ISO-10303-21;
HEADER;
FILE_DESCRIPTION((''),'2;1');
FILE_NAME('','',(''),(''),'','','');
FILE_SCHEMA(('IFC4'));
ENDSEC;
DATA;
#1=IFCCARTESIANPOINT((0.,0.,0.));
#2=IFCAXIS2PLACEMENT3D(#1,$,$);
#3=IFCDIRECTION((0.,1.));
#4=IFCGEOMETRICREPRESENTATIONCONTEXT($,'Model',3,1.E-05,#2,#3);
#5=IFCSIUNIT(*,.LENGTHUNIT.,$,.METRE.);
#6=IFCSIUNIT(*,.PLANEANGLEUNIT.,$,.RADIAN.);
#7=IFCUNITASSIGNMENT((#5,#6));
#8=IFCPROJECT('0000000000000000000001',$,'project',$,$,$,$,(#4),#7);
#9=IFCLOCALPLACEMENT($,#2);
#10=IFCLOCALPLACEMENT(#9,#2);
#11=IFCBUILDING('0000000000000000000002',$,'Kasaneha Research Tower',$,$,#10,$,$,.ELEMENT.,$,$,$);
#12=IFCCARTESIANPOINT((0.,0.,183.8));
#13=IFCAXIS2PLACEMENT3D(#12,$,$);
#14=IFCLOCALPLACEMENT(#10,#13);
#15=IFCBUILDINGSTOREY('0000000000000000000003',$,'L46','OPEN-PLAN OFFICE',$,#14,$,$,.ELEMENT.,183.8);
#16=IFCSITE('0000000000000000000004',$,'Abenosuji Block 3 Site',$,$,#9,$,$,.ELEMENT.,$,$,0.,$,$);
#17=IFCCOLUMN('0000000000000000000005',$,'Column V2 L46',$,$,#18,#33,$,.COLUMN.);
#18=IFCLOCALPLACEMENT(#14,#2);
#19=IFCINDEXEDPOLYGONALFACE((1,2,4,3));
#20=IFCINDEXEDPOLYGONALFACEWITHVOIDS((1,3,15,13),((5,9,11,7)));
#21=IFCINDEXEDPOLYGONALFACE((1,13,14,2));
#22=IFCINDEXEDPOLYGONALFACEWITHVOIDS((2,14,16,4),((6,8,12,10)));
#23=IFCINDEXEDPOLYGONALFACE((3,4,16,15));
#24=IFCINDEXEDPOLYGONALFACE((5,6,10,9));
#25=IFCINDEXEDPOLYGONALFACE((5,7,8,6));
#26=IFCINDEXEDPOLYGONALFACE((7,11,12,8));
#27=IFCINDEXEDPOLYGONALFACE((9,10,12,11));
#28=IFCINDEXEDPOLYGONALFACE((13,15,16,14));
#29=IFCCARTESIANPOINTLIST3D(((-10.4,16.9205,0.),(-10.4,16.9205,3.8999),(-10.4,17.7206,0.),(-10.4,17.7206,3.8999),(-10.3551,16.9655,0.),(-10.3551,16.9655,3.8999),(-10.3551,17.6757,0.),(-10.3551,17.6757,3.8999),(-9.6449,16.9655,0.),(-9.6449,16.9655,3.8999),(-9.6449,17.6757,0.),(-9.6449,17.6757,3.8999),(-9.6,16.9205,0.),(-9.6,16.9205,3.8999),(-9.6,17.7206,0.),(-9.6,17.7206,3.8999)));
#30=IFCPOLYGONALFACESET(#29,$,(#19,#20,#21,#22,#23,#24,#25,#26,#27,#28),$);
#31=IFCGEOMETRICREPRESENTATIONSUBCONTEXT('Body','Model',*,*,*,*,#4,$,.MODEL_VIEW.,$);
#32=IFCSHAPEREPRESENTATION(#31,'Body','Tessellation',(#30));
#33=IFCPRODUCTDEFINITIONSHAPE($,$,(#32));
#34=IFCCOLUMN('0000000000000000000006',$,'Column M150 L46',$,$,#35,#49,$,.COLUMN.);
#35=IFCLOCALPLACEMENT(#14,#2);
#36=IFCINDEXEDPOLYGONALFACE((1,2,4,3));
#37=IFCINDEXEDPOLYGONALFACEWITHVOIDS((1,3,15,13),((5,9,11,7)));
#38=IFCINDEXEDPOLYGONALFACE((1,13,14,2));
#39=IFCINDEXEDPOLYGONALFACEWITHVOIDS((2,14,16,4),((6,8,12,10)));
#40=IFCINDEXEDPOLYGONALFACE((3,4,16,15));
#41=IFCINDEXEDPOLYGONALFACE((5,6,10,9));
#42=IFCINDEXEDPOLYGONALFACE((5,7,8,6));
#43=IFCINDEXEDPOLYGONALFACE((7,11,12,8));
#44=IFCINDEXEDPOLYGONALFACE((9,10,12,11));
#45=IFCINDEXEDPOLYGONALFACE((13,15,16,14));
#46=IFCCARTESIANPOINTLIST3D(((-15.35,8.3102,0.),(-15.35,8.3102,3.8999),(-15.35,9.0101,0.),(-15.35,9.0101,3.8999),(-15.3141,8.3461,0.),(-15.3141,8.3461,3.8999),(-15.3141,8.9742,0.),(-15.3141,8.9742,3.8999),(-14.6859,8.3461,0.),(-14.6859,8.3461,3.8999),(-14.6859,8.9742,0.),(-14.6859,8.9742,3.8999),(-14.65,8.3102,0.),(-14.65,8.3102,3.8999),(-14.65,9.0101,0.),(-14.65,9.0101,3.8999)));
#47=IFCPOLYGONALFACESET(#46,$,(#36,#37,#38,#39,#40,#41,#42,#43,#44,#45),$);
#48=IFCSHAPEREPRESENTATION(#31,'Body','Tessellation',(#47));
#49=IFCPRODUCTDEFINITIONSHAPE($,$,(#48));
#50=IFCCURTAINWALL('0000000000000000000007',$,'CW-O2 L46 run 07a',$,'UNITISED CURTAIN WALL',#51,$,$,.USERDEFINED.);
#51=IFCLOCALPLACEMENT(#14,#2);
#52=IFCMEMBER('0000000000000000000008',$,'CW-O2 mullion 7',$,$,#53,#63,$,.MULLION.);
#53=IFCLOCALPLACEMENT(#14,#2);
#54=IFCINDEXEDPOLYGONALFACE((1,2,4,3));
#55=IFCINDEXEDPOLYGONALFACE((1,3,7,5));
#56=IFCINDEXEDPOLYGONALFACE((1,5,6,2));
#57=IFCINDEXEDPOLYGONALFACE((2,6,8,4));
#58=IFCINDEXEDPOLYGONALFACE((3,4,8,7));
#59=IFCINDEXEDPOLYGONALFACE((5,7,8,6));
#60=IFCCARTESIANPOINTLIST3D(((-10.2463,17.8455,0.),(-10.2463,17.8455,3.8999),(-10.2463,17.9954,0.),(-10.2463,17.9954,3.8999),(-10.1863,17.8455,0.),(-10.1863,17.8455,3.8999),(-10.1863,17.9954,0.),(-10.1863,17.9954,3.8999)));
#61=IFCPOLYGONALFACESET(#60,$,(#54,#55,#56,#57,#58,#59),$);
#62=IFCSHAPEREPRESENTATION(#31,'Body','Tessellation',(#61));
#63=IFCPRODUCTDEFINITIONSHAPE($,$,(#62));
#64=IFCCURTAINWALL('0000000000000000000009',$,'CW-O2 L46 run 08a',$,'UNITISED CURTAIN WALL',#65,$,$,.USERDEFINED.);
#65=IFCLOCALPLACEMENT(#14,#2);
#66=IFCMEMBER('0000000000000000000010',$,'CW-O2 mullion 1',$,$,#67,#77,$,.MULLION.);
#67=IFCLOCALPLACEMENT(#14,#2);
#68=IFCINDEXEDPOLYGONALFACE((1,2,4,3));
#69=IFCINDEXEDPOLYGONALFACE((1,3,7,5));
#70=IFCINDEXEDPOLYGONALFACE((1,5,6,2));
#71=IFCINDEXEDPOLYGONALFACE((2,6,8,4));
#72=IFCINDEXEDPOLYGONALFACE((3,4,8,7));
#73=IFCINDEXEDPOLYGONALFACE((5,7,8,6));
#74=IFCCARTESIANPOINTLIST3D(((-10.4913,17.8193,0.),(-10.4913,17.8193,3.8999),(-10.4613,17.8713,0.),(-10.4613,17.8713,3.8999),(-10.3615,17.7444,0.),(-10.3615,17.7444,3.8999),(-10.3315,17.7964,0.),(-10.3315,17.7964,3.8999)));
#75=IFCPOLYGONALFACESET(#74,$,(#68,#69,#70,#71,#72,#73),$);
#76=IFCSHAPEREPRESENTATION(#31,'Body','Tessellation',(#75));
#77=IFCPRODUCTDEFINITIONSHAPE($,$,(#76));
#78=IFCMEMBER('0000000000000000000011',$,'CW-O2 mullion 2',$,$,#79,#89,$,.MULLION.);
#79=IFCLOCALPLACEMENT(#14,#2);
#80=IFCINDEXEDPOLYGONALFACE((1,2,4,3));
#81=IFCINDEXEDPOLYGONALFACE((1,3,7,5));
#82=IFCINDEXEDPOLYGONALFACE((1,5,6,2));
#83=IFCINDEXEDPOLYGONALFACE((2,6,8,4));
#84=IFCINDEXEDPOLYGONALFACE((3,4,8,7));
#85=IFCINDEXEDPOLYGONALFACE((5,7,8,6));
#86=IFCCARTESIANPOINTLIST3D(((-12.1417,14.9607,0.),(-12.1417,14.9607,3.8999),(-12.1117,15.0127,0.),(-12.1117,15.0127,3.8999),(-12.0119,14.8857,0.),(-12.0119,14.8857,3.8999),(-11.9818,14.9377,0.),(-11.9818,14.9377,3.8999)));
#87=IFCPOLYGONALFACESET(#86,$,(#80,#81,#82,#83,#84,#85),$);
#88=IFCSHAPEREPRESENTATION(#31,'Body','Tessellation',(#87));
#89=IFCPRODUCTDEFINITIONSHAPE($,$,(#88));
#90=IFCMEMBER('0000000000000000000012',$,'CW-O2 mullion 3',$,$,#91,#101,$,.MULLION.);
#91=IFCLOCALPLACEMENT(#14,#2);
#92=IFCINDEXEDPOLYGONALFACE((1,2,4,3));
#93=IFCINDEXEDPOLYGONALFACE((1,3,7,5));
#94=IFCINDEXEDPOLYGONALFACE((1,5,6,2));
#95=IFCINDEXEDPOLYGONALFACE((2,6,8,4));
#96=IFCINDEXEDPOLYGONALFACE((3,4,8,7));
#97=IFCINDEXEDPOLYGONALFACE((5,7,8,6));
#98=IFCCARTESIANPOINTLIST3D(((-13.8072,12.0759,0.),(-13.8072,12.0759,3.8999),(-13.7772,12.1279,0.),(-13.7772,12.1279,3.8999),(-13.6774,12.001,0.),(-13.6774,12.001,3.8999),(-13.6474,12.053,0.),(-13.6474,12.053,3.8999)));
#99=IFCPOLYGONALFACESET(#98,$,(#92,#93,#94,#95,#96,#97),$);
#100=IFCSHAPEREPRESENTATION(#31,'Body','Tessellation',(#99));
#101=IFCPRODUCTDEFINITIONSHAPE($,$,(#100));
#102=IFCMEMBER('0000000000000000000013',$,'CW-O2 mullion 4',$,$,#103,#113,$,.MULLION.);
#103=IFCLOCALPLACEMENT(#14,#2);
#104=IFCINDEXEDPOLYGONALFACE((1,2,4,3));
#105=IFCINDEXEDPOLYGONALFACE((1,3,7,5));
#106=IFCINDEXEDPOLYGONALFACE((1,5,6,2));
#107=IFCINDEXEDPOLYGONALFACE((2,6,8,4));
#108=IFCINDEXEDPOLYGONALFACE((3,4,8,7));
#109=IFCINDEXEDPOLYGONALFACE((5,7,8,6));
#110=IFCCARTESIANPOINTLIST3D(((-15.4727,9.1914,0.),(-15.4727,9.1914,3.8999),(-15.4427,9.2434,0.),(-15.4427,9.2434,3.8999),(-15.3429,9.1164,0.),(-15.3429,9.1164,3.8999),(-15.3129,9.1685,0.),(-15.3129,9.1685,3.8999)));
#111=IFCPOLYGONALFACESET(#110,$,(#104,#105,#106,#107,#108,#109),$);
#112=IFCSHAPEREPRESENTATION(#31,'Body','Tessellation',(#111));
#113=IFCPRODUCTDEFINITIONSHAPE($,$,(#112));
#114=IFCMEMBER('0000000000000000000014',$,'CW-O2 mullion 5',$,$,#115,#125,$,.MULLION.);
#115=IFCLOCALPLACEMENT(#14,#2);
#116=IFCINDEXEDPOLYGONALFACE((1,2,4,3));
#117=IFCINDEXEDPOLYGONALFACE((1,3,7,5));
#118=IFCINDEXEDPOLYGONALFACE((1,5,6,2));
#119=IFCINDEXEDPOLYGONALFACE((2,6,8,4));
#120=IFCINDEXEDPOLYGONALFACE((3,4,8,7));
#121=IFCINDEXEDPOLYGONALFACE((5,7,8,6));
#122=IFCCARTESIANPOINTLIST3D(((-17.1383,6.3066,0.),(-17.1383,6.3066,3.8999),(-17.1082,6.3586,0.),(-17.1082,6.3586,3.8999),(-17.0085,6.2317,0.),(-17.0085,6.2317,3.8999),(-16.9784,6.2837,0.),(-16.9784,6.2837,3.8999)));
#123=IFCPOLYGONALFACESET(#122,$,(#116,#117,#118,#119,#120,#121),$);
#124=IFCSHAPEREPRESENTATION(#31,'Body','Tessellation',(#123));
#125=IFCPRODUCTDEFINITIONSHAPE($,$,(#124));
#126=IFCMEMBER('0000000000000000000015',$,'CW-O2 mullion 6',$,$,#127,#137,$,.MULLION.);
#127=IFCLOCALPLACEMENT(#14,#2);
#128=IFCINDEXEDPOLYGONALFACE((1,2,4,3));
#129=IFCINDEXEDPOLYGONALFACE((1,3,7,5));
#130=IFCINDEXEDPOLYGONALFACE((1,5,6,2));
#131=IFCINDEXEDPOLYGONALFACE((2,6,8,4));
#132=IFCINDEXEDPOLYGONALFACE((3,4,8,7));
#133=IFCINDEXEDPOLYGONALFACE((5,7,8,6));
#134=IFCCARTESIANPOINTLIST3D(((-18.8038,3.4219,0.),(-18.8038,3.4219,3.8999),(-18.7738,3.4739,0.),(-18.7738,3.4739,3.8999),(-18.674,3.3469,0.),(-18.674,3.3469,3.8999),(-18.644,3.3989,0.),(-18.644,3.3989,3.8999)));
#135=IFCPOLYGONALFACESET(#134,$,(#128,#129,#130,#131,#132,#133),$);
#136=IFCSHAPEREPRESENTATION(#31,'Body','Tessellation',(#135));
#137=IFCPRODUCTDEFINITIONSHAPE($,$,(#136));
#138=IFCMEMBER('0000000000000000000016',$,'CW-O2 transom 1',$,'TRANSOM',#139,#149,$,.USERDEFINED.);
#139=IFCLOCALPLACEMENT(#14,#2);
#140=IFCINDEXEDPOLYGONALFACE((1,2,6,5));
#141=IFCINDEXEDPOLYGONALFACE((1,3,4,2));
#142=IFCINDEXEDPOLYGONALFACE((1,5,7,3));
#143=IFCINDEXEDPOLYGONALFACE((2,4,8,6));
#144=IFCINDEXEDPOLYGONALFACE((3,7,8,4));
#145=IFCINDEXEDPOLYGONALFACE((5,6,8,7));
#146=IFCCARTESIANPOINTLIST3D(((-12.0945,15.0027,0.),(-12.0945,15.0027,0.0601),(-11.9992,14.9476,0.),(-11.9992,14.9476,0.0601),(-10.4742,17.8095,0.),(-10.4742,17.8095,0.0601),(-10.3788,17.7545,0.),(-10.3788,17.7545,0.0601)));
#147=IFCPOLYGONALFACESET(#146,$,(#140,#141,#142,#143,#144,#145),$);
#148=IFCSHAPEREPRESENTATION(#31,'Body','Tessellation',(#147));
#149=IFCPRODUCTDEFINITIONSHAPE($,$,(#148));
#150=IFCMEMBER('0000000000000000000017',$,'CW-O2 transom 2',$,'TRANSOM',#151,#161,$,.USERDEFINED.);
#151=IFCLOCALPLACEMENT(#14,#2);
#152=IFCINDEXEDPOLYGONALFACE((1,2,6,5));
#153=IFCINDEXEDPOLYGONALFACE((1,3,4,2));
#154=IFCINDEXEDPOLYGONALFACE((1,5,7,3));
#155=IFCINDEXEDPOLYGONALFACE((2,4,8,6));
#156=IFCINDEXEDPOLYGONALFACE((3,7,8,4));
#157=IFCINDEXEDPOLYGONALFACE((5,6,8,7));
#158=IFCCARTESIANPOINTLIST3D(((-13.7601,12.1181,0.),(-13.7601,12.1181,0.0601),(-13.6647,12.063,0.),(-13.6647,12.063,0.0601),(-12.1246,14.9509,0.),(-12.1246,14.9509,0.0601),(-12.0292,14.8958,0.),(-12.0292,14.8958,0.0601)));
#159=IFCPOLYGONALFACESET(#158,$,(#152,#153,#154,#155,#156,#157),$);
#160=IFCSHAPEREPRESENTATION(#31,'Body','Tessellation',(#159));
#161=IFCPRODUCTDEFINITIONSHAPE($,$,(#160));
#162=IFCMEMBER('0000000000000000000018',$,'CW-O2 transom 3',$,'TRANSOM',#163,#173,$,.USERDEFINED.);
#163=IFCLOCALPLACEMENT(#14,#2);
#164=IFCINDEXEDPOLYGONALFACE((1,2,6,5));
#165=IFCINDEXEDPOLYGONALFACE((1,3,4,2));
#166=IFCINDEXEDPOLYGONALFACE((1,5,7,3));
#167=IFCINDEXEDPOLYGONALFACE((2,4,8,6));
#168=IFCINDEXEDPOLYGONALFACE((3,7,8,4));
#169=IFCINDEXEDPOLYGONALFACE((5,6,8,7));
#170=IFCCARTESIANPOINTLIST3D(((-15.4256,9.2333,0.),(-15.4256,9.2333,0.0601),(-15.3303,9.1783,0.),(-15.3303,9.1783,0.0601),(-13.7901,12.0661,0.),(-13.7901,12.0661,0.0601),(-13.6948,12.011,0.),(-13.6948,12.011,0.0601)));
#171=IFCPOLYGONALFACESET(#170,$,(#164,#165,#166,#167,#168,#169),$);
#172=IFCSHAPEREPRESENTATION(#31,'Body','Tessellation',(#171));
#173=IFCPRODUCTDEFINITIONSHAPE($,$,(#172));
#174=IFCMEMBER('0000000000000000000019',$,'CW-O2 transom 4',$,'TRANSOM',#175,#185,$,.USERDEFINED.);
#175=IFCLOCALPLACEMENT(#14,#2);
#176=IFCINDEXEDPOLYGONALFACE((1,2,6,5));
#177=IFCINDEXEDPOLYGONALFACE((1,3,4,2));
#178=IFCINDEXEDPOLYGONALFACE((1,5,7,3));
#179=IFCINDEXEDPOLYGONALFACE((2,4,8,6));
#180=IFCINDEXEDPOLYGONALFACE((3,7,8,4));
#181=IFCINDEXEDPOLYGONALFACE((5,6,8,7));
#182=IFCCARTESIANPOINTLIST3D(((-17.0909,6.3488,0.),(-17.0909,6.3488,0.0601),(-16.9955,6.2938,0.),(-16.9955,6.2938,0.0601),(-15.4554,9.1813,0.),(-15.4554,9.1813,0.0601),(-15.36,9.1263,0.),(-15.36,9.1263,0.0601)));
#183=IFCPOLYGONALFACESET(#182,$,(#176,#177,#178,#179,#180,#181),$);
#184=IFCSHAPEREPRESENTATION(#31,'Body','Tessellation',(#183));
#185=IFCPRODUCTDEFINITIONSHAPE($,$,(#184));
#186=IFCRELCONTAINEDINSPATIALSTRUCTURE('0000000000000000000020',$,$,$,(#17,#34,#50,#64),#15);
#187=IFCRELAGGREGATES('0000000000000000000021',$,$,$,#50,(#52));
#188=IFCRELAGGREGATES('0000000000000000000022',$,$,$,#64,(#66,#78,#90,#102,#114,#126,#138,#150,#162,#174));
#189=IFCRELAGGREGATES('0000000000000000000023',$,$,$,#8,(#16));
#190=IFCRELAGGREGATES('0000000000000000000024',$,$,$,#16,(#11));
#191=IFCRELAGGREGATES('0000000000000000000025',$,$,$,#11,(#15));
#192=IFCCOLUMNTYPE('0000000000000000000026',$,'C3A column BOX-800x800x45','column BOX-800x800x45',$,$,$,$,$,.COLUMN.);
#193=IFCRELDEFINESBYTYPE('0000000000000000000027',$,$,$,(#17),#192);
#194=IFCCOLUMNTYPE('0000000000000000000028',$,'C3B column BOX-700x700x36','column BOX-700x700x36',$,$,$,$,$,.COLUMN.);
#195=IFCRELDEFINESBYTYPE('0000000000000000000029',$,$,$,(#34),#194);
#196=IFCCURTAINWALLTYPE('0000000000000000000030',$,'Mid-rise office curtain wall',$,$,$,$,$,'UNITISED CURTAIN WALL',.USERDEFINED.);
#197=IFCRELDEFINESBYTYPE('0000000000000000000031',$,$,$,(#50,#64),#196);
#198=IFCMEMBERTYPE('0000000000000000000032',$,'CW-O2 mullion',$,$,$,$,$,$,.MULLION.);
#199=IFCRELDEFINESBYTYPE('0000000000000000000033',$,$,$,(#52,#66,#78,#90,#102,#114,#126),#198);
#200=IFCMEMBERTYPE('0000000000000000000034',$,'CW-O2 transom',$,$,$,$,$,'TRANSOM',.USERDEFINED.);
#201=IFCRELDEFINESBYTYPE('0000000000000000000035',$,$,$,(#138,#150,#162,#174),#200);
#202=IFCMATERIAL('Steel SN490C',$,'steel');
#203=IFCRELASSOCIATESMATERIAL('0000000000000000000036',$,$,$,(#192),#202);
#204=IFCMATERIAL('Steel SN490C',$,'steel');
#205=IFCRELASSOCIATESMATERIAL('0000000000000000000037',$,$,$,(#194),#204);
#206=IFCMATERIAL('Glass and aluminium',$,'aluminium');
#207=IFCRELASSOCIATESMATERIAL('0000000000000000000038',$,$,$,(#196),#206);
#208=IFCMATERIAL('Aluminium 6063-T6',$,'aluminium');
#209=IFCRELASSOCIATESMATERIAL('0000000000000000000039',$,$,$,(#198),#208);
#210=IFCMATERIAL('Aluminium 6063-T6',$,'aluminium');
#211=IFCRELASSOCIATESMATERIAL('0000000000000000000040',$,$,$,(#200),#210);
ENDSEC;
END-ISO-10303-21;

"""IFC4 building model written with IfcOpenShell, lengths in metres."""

from ifc_helpers import new_model, si_unit, direction, frame, origin, origin_2d, place, context, subcontext, project, spatial, rectangle, hollow_rectangle, extrude, material, material_profile, profile_set, type_object, element, aggregate, save


model = new_model("IFC4")

# Units and contexts
model_context = context("Model", 3, precision=1e-05, world=origin(), true_north=direction((0.0, 1.0)))
body_context = subcontext(model_context, "Body", "Model", "MODEL_VIEW")
ifc_project = project(units=[si_unit("LENGTHUNIT", "METRE"), si_unit("PLANEANGLEUNIT", "RADIAN")], contexts=[model_context])

# Site, building, storey
site_placement = place(None, origin())
site = spatial("IfcSite", under=ifc_project, at=site_placement, Name="Abenosuji Block 3 Site", CompositionType="ELEMENT", RefElevation=0.0)
building_placement = place(site_placement, origin())
building = spatial("IfcBuilding", under=site, at=building_placement, Name="Kasaneha Research Tower", CompositionType="ELEMENT")
storey_placement = place(building_placement, frame((0.0, 0.0, 183.8)))
storey = spatial("IfcBuildingStorey", under=building, at=storey_placement, Name="L46", Description="OPEN-PLAN OFFICE", CompositionType="ELEMENT", Elevation=183.8)

# Columns
ifc_material_1 = material(Name="Steel SN490C", Category="steel")
ifc_material_profile_1 = material_profile(ifc_material_1, hollow_rectangle(XDim=0.8, YDim=0.8, WallThickness=0.0449, at=origin_2d()), Name="BOX-800x800x45")
ifc_profile_set_1 = profile_set([ifc_material_profile_1], Name="Steel SN490C")
column_type_1 = type_object("IfcColumnType", Name="C3A column BOX-800x800x45", Description="column BOX-800x800x45", PredefinedType="COLUMN", material=ifc_profile_set_1)
column_1_placement = place(storey_placement, frame((-10.0, 17.3206, 0.0), z_axis=(0.0, 0.0, 1.0), x_axis=(1.0, 0.0, 0.0)))
element("IfcColumn", 1, at=column_1_placement, inside=storey, type_object=column_type_1, Name="Column V2 L46", PredefinedType="COLUMN", context=body_context, shape_type="SweptSolid", body=[
    extrude(hollow_rectangle(XDim=0.8, YDim=0.8, WallThickness=0.0449, at=origin_2d()), origin(), (0.0, 0.0, 1.0), 3.8999),
])
ifc_material_2 = material(Name="Steel SN490C", Category="steel")
ifc_material_profile_2 = material_profile(ifc_material_2, hollow_rectangle(XDim=0.7, YDim=0.7, WallThickness=0.0359, at=origin_2d()), Name="BOX-700x700x36")
ifc_profile_set_2 = profile_set([ifc_material_profile_2], Name="Steel SN490C")
column_type_2 = type_object("IfcColumnType", Name="C3B column BOX-700x700x36", Description="column BOX-700x700x36", PredefinedType="COLUMN", material=ifc_profile_set_2)
column_2_placement = place(storey_placement, frame((-15.0, 8.6602, 0.0), z_axis=(0.0, 0.0, 1.0), x_axis=(1.0, 0.0, 0.0)))
element("IfcColumn", 2, at=column_2_placement, inside=storey, type_object=column_type_2, Name="Column M150 L46", PredefinedType="COLUMN", context=body_context, shape_type="SweptSolid", body=[
    extrude(hollow_rectangle(XDim=0.7, YDim=0.7, WallThickness=0.0359, at=origin_2d()), origin(), (0.0, 0.0, 1.0), 3.8999),
])

# Curtain wall, member
ifc_material_3 = material(Name="Glass and aluminium", Category="aluminium")
curtain_wall_type = type_object("IfcCurtainWallType", Name="Mid-rise office curtain wall", ElementType="UNITISED CURTAIN WALL", PredefinedType="USERDEFINED", material=ifc_material_3)
curtain_wall_1_placement = place(storey_placement, origin())
curtain_wall_1 = element("IfcCurtainWall", 3, at=curtain_wall_1_placement, inside=storey, type_object=curtain_wall_type, Name="CW-O2 L46 run 07a", ObjectType="UNITISED CURTAIN WALL", PredefinedType="USERDEFINED")
ifc_material_4 = material(Name="Aluminium 6063-T6", Category="aluminium")
ifc_material_profile_3 = material_profile(ifc_material_4, rectangle(XDim=0.0601, YDim=0.1499, at=origin_2d()), Name="CW-O2 mullion 60x150")
ifc_profile_set_3 = profile_set([ifc_material_profile_3], Name="Aluminium 6063-T6")
member_type_1 = type_object("IfcMemberType", Name="CW-O2 mullion", PredefinedType="MULLION", material=ifc_profile_set_3)
member_1_placement = place(storey_placement, frame((-10.2163, 17.9204, 0.0), z_axis=(0.0, 0.0, 1.0), x_axis=(-1.0, 0.0, 0.0)))
member_1 = element("IfcMember", 4, at=member_1_placement, type_object=member_type_1, Name="CW-O2 mullion 7", PredefinedType="MULLION", context=body_context, shape_type="SweptSolid", body=[
    extrude(rectangle(XDim=0.0601, YDim=0.1499, at=origin_2d()), origin(), (0.0, 0.0, 1.0), 3.8999),
])
aggregate(curtain_wall_1, [member_1])

# Curtain wall, members
curtain_wall_2_placement = place(storey_placement, origin())
curtain_wall_2 = element("IfcCurtainWall", 5, at=curtain_wall_2_placement, inside=storey, type_object=curtain_wall_type, Name="CW-O2 L46 run 08a", ObjectType="UNITISED CURTAIN WALL", PredefinedType="USERDEFINED")
member_2_placement = place(storey_placement, frame((-10.4114, 17.8079, 0.0), z_axis=(0.0, 0.0, 1.0), x_axis=(-0.5, -0.866025, 0.0)))
member_2 = element("IfcMember", 6, at=member_2_placement, type_object=member_type_1, Name="CW-O2 mullion 1", PredefinedType="MULLION", context=body_context, shape_type="SweptSolid", body=[
    extrude(rectangle(XDim=0.0601, YDim=0.1499, at=origin_2d()), origin(), (0.0, 0.0, 1.0), 3.8999),
])
member_3_placement = place(storey_placement, frame((-12.0618, 14.9492, 0.0), z_axis=(0.0, 0.0, 1.0), x_axis=(-0.5, -0.866025, 0.0)))
member_3 = element("IfcMember", 7, at=member_3_placement, type_object=member_type_1, Name="CW-O2 mullion 2", PredefinedType="MULLION", context=body_context, shape_type="SweptSolid", body=[
    extrude(rectangle(XDim=0.0601, YDim=0.1499, at=origin_2d()), origin(), (0.0, 0.0, 1.0), 3.8999),
])
member_4_placement = place(storey_placement, frame((-13.7273, 12.0645, 0.0), z_axis=(0.0, 0.0, 1.0), x_axis=(-0.5, -0.866025, 0.0)))
member_4 = element("IfcMember", 8, at=member_4_placement, type_object=member_type_1, Name="CW-O2 mullion 3", PredefinedType="MULLION", context=body_context, shape_type="SweptSolid", body=[
    extrude(rectangle(XDim=0.0601, YDim=0.1499, at=origin_2d()), origin(), (0.0, 0.0, 1.0), 3.8999),
])
member_5_placement = place(storey_placement, frame((-15.3928, 9.1799, 0.0), z_axis=(0.0, 0.0, 1.0), x_axis=(-0.5, -0.866025, 0.0)))
member_5 = element("IfcMember", 9, at=member_5_placement, type_object=member_type_1, Name="CW-O2 mullion 4", PredefinedType="MULLION", context=body_context, shape_type="SweptSolid", body=[
    extrude(rectangle(XDim=0.0601, YDim=0.1499, at=origin_2d()), origin(), (0.0, 0.0, 1.0), 3.8999),
])
member_6_placement = place(storey_placement, frame((-17.0583, 6.2952, 0.0), z_axis=(0.0, 0.0, 1.0), x_axis=(-0.5, -0.866025, 0.0)))
member_6 = element("IfcMember", 10, at=member_6_placement, type_object=member_type_1, Name="CW-O2 mullion 5", PredefinedType="MULLION", context=body_context, shape_type="SweptSolid", body=[
    extrude(rectangle(XDim=0.0601, YDim=0.1499, at=origin_2d()), origin(), (0.0, 0.0, 1.0), 3.8999),
])
member_7_placement = place(storey_placement, frame((-18.7239, 3.4104, 0.0), z_axis=(0.0, 0.0, 1.0), x_axis=(-0.5, -0.866025, 0.0)))
member_7 = element("IfcMember", 11, at=member_7_placement, type_object=member_type_1, Name="CW-O2 mullion 6", PredefinedType="MULLION", context=body_context, shape_type="SweptSolid", body=[
    extrude(rectangle(XDim=0.0601, YDim=0.1499, at=origin_2d()), origin(), (0.0, 0.0, 1.0), 3.8999),
])
ifc_material_5 = material(Name="Aluminium 6063-T6", Category="aluminium")
ifc_material_profile_4 = material_profile(ifc_material_5, rectangle(XDim=0.1101, YDim=0.0601, at=origin_2d()), Name="CW-O2 transom 110x60")
ifc_profile_set_4 = profile_set([ifc_material_profile_4], Name="Aluminium 6063-T6")
member_type_2 = type_object("IfcMemberType", Name="CW-O2 transom", ElementType="TRANSOM", PredefinedType="USERDEFINED", material=ifc_profile_set_4)
member_8_placement = place(storey_placement, frame((-10.4265, 17.782, 0.03), z_axis=(-0.499955, -0.866051, 0.0), x_axis=(0.866051, -0.499955, 0.0)))
member_8 = element("IfcMember", 12, at=member_8_placement, type_object=member_type_2, Name="CW-O2 transom 1", ObjectType="TRANSOM", PredefinedType="USERDEFINED", context=body_context, shape_type="SweptSolid", body=[
    extrude(rectangle(XDim=0.1101, YDim=0.0601, at=origin_2d()), origin(), (0.0, 0.0, 1.0), 3.241),
])
member_9_placement = place(storey_placement, frame((-12.0769, 14.9233, 0.03), z_axis=(-0.5, -0.866025, 0.0), x_axis=(0.866025, -0.5, 0.0)))
member_9 = element("IfcMember", 13, at=member_9_placement, type_object=member_type_2, Name="CW-O2 transom 2", ObjectType="TRANSOM", PredefinedType="USERDEFINED", context=body_context, shape_type="SweptSolid", body=[
    extrude(rectangle(XDim=0.1101, YDim=0.0601, at=origin_2d()), origin(), (0.0, 0.0, 1.0), 3.271),
])
member_10_placement = place(storey_placement, frame((-13.7424, 12.0386, 0.03), z_axis=(-0.5, -0.866025, 0.0), x_axis=(0.866025, -0.5, 0.0)))
member_10 = element("IfcMember", 14, at=member_10_placement, type_object=member_type_2, Name="CW-O2 transom 3", ObjectType="TRANSOM", PredefinedType="USERDEFINED", context=body_context, shape_type="SweptSolid", body=[
    extrude(rectangle(XDim=0.1101, YDim=0.0601, at=origin_2d()), origin(), (0.0, 0.0, 1.0), 3.271),
])
member_11_placement = place(storey_placement, frame((-15.4077, 9.1538, 0.03), z_axis=(-0.500033, -0.866007, 0.0), x_axis=(0.866007, -0.500033, 0.0)))
member_11 = element("IfcMember", 15, at=member_11_placement, type_object=member_type_2, Name="CW-O2 transom 4", ObjectType="TRANSOM", PredefinedType="USERDEFINED", context=body_context, shape_type="SweptSolid", body=[
    extrude(rectangle(XDim=0.1101, YDim=0.0601, at=origin_2d()), origin(), (0.0, 0.0, 1.0), 3.2708),
])
aggregate(curtain_wall_2, [member_2, member_3, member_4, member_5, member_6, member_7, member_8, member_9, member_10, member_11])

save(model, "model.ifc")
